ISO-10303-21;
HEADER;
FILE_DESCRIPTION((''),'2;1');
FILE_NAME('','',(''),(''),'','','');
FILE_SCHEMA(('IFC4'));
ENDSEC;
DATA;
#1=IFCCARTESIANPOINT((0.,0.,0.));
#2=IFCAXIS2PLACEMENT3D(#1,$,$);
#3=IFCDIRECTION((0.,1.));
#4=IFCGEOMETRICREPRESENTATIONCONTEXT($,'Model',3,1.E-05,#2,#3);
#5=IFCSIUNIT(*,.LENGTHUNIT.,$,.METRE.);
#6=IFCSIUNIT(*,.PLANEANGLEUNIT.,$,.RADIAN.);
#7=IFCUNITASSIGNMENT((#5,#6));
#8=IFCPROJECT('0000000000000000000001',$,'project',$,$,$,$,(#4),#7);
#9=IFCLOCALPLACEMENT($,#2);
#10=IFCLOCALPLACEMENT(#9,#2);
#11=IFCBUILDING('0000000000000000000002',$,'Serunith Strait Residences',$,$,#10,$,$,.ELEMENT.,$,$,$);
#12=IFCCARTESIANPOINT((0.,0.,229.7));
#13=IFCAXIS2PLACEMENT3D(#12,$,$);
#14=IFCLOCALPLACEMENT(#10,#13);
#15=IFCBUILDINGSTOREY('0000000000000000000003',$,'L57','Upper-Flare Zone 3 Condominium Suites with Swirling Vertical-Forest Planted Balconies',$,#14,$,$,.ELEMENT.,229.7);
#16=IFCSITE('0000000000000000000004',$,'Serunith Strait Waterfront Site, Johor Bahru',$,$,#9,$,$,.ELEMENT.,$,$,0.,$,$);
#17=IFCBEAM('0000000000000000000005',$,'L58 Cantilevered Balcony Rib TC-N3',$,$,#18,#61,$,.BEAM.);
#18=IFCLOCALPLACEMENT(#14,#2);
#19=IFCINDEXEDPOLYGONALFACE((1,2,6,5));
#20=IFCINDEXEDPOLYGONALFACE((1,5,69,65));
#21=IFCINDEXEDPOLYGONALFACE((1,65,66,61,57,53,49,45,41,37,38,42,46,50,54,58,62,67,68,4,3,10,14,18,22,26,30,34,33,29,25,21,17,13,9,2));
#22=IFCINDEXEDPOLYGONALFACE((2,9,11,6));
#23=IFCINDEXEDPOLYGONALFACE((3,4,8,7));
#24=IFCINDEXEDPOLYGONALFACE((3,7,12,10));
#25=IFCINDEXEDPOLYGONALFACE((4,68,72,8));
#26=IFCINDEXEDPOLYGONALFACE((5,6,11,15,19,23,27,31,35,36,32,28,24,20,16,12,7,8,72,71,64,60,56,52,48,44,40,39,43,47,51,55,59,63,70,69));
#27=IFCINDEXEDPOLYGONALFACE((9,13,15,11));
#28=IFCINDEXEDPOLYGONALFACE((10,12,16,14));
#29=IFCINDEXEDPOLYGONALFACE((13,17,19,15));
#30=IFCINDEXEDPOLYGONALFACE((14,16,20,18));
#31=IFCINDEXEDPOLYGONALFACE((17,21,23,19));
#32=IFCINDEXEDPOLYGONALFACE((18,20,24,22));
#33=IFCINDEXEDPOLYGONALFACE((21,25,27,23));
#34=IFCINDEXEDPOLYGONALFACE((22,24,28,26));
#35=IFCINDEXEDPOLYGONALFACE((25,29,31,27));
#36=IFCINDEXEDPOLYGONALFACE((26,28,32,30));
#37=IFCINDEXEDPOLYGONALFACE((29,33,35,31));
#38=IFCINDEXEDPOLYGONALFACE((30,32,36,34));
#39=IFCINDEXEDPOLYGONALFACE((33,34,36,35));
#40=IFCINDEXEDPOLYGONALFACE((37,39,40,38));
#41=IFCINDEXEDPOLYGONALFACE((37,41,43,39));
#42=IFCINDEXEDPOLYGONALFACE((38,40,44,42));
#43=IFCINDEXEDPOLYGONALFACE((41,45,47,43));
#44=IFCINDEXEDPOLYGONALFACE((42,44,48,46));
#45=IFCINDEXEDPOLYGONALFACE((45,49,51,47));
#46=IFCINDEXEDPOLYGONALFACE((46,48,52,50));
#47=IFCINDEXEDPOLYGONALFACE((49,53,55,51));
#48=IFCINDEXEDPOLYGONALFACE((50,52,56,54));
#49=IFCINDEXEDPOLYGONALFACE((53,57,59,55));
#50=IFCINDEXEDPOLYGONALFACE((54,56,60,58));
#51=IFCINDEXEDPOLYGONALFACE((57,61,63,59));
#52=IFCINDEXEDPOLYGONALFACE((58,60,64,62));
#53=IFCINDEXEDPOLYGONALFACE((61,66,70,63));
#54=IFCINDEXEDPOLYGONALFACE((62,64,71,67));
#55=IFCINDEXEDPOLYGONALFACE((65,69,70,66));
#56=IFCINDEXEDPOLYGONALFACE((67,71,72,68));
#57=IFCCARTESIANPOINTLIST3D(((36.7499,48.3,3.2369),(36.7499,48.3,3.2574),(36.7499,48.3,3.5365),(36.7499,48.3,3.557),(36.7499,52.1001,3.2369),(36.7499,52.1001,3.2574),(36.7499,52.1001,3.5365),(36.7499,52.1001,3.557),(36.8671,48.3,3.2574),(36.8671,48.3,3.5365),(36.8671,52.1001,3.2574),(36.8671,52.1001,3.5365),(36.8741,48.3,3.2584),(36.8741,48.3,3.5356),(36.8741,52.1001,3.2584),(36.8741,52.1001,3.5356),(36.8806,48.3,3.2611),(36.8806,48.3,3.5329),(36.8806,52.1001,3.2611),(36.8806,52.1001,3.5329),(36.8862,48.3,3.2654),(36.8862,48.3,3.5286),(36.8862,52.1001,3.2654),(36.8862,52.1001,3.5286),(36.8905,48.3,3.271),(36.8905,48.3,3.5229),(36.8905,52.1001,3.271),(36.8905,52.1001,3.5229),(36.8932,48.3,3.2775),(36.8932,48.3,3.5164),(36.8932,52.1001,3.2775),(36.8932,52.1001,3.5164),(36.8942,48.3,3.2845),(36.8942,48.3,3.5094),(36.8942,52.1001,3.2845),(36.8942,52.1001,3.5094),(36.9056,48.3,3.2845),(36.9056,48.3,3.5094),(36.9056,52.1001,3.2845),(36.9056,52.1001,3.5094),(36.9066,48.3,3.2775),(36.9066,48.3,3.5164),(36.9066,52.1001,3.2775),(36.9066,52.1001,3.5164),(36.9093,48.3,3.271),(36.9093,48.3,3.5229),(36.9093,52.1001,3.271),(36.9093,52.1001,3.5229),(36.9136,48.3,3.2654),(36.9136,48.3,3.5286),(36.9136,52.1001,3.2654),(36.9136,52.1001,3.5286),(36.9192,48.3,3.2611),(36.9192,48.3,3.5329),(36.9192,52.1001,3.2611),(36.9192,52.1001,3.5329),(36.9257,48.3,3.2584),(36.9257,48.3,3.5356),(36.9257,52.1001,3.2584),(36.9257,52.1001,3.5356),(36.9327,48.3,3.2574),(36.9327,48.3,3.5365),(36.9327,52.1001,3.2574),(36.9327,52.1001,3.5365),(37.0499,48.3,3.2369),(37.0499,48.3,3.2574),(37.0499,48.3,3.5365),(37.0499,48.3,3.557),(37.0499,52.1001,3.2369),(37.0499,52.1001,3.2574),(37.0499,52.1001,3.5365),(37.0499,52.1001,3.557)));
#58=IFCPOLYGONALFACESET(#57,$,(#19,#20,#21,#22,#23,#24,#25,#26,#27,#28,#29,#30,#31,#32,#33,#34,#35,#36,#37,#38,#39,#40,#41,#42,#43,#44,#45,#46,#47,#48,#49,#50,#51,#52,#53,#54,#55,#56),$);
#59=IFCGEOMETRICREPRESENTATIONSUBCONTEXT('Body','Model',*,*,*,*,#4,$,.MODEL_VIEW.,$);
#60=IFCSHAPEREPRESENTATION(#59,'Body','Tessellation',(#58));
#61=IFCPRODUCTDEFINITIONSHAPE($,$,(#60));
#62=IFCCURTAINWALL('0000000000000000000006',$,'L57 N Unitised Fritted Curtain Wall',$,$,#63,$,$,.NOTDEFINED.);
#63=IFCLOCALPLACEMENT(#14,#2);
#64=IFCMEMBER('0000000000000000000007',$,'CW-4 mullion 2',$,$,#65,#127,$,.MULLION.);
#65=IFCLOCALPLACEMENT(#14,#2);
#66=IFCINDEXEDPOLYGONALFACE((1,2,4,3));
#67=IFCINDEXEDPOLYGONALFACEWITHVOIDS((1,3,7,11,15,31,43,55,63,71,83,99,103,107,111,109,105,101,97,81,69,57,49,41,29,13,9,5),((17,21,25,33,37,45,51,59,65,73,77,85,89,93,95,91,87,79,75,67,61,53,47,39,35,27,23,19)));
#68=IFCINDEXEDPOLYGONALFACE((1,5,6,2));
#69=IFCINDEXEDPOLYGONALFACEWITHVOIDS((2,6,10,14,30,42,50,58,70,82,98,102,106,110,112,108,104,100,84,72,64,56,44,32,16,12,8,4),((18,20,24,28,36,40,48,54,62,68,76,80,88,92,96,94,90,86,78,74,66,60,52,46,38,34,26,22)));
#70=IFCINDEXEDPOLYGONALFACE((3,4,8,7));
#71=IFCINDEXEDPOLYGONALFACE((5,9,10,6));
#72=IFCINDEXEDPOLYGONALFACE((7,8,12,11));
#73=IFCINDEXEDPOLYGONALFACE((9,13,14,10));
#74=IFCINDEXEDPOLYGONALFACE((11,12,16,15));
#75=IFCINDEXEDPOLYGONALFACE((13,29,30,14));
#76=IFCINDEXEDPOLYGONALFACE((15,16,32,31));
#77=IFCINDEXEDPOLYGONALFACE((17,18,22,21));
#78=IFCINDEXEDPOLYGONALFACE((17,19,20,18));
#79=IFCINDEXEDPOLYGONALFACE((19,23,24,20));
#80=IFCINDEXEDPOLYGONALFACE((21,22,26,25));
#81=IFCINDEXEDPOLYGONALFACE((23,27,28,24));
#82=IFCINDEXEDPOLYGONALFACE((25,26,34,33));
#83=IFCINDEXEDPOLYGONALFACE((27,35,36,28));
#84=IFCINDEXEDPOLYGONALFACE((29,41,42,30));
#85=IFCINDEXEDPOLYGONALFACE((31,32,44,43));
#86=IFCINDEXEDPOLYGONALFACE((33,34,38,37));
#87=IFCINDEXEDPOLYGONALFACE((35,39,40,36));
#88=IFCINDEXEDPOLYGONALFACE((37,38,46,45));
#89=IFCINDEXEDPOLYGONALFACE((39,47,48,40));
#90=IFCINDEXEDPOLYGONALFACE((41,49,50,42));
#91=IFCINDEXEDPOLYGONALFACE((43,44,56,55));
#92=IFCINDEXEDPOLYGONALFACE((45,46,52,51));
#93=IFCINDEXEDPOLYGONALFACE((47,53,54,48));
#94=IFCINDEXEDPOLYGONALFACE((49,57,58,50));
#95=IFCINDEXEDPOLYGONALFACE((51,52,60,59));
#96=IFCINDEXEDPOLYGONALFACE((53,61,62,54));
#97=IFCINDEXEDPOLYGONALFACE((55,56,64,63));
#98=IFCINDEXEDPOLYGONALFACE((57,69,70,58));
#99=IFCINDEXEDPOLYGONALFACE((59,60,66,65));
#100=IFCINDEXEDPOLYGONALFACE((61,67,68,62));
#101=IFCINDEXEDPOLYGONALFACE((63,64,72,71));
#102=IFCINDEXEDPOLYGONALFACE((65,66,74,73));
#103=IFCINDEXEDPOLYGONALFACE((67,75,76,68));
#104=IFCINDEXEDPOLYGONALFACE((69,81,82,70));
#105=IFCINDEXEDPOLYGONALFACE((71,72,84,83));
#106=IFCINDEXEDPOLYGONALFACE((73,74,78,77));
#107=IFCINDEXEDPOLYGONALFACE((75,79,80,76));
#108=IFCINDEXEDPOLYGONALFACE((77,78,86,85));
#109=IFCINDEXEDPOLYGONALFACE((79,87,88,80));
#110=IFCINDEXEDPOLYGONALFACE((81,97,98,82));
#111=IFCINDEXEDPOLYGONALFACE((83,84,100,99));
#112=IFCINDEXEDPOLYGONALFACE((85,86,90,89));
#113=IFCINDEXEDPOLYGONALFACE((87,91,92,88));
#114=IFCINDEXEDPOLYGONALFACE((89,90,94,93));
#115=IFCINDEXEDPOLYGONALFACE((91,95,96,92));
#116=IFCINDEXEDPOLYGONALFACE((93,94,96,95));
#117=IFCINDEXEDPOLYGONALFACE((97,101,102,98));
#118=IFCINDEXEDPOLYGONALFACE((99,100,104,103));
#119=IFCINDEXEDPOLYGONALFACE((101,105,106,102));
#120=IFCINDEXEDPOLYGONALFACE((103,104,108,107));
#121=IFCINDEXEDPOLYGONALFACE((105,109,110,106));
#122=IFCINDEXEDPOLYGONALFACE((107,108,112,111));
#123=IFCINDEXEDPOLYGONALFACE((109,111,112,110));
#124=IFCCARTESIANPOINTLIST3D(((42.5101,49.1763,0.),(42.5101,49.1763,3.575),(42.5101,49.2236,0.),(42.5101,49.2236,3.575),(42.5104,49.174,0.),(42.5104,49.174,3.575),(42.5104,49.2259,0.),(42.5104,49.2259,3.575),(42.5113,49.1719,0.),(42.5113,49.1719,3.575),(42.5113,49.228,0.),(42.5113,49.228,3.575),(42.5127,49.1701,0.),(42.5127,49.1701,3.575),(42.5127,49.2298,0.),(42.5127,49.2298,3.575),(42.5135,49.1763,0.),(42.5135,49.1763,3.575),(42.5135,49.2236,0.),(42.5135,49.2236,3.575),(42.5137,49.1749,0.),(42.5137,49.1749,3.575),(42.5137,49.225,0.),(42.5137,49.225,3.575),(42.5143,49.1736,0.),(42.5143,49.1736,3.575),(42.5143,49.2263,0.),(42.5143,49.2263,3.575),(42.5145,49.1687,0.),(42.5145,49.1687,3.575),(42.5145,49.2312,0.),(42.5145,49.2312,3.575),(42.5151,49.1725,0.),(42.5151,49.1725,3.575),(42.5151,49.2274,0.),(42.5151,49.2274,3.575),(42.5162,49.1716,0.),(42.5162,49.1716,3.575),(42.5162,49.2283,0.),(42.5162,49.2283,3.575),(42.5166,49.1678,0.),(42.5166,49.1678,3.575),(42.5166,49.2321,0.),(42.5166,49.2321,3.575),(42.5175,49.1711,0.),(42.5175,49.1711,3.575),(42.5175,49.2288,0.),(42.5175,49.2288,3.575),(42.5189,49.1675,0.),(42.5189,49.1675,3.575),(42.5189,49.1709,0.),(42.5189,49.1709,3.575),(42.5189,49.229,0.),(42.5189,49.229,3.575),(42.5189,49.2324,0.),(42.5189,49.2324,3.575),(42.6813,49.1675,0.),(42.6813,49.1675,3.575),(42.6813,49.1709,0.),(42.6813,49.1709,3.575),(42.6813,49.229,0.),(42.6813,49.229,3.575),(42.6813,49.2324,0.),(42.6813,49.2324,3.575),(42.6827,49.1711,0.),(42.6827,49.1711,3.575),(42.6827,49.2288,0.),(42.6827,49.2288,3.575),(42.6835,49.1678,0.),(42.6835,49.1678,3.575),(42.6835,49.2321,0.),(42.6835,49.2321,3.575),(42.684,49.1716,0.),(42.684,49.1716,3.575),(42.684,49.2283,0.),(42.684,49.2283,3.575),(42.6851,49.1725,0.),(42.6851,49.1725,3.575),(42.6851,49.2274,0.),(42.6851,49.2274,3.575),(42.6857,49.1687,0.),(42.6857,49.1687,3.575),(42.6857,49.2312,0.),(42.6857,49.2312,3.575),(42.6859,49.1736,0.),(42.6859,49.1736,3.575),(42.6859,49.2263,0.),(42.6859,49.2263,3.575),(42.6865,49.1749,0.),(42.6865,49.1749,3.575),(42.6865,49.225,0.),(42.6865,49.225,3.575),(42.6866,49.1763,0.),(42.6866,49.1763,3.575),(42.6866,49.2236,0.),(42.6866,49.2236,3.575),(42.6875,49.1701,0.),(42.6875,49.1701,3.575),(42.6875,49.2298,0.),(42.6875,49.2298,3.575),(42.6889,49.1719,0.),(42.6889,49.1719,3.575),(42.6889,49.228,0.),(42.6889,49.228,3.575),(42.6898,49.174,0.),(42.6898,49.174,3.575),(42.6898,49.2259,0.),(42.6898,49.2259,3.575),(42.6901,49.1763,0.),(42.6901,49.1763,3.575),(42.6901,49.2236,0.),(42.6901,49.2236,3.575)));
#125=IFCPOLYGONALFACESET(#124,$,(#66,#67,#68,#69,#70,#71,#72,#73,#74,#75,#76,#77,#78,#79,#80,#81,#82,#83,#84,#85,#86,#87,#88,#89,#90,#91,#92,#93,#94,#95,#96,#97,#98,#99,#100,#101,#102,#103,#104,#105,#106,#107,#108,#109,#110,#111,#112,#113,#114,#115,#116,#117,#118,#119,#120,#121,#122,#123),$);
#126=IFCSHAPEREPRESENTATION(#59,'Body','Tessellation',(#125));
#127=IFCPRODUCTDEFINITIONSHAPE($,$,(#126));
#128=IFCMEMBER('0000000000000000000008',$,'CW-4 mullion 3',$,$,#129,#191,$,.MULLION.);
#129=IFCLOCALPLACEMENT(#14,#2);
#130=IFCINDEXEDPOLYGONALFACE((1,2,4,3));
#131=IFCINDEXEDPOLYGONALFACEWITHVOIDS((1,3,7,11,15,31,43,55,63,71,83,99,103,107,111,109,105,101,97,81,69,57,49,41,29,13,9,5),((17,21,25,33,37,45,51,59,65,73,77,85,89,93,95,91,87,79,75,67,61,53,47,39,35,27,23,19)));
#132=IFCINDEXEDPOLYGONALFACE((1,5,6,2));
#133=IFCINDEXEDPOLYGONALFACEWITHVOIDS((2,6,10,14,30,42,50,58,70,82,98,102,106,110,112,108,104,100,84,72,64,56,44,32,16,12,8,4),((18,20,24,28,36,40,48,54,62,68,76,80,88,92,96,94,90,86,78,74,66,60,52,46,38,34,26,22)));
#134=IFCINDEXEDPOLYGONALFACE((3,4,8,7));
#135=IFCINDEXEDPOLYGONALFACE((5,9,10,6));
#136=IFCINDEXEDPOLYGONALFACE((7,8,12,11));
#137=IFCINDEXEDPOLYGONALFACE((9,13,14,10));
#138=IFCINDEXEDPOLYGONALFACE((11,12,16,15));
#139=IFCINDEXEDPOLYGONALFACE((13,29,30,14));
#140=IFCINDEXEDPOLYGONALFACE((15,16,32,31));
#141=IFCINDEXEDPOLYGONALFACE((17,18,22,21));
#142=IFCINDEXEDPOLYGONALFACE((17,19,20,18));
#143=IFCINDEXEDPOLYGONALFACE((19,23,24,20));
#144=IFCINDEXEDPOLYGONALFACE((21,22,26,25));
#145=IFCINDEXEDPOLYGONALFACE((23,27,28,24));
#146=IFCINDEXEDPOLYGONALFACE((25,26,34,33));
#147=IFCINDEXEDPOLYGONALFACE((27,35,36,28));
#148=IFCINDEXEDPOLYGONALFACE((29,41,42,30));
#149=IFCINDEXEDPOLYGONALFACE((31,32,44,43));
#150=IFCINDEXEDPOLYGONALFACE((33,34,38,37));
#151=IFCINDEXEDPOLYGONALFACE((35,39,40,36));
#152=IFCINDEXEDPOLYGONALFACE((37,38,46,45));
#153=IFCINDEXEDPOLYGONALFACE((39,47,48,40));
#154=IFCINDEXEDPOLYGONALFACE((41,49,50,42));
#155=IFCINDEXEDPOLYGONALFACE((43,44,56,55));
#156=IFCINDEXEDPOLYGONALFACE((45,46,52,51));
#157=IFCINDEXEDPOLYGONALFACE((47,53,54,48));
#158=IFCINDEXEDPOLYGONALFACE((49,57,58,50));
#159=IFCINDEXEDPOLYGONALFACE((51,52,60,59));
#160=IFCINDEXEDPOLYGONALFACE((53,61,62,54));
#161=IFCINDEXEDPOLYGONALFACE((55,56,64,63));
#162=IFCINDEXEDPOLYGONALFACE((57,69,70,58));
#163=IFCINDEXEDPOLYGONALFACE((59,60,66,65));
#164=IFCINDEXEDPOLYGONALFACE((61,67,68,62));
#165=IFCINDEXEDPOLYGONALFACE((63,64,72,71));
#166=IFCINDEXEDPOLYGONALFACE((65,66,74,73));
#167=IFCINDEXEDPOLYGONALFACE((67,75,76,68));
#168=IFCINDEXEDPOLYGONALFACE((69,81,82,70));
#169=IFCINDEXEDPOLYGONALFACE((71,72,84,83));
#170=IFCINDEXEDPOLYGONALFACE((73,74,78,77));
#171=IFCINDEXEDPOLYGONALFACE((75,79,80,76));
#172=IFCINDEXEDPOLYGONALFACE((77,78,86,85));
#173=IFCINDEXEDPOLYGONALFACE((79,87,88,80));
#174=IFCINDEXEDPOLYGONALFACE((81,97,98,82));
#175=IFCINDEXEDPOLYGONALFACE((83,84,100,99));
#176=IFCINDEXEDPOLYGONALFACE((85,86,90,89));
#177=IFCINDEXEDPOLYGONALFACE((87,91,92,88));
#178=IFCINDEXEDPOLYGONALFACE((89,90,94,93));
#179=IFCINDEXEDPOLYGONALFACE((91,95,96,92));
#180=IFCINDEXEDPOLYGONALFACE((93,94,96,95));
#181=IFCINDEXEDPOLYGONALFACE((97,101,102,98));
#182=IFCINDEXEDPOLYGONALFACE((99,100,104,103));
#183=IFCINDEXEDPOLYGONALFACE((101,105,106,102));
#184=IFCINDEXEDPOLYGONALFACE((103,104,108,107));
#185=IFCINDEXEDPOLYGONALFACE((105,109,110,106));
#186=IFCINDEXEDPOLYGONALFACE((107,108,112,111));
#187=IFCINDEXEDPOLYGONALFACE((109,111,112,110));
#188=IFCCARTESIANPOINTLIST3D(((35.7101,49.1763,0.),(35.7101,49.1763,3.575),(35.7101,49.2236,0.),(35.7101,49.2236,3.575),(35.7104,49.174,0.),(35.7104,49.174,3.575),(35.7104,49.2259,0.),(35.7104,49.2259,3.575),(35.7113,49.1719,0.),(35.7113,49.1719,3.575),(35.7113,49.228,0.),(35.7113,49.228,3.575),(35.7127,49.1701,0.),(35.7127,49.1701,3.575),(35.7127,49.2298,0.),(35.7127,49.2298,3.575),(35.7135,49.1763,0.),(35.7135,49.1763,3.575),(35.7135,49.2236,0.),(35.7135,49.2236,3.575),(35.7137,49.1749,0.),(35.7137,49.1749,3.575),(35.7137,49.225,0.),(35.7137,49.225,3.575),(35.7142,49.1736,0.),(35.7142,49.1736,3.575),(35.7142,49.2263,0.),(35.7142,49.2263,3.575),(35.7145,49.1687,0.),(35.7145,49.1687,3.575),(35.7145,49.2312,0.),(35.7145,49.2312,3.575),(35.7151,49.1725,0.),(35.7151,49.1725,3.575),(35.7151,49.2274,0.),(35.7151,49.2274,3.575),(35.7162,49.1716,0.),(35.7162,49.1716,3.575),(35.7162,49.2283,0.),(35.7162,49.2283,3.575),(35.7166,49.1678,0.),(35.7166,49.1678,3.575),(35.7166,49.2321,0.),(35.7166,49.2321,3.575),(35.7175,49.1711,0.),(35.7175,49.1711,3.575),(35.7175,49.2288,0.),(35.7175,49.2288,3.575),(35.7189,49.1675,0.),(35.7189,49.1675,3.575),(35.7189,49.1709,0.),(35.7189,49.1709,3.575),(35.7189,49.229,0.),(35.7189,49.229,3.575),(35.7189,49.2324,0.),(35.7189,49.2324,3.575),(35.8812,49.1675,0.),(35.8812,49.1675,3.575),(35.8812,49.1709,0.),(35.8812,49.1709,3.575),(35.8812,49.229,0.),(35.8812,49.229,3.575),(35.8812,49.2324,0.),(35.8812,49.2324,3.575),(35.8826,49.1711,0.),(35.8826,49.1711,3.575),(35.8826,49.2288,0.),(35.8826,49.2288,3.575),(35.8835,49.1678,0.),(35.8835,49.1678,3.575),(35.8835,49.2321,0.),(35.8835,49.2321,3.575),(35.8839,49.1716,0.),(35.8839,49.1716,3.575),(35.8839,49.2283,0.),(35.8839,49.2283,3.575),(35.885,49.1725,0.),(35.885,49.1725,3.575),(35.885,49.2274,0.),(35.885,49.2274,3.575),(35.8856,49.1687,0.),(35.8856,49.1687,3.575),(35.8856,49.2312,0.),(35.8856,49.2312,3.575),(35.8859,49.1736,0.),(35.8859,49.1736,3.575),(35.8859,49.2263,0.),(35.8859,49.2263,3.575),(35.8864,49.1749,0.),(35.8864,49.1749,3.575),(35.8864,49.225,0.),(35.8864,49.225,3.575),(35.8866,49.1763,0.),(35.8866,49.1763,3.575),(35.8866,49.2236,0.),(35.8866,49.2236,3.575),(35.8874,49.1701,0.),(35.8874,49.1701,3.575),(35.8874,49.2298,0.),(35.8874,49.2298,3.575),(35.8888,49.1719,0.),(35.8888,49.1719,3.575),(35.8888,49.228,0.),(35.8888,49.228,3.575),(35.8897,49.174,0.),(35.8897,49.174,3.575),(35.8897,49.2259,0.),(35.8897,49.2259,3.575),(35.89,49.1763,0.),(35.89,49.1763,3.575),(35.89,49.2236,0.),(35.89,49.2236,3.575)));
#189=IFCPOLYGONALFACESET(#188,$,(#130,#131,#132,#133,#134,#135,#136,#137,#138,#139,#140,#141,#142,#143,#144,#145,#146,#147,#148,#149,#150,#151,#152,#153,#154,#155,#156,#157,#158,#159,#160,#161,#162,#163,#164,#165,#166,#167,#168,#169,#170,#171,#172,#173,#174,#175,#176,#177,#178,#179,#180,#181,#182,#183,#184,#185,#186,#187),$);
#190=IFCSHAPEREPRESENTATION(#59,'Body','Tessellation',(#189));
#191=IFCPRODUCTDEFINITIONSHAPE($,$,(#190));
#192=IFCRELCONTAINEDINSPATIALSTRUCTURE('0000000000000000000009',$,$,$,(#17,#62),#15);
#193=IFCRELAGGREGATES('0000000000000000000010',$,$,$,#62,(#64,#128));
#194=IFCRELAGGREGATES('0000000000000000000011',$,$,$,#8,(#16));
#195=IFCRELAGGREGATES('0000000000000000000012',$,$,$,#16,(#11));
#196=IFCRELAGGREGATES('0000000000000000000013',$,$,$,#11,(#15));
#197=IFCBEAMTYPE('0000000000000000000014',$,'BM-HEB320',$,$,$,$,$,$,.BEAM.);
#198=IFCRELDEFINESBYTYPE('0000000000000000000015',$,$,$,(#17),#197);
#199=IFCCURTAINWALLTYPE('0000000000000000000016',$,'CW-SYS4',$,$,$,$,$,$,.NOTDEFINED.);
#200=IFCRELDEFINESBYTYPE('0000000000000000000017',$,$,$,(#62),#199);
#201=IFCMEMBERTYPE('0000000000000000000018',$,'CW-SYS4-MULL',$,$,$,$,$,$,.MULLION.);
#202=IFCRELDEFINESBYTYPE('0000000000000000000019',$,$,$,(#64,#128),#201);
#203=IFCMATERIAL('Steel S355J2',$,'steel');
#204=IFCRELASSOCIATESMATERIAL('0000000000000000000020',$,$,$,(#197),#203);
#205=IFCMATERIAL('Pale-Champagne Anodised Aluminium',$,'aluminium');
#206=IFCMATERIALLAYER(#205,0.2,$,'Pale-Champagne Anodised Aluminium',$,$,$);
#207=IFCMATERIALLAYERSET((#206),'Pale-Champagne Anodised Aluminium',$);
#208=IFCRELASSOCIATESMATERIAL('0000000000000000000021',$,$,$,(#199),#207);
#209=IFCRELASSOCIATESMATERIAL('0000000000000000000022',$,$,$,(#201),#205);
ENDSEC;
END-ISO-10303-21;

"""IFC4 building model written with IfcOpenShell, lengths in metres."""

from ifc_helpers import new_model, si_unit, direction, frame, origin, origin_2d, place, context, subcontext, project, spatial, hollow_rectangle, i_section, extrude, source, transform, mapped, material, layer, layer_set, material_profile, profile_set, type_object, element, aggregate, save


model = new_model("IFC4")

# Units and contexts
model_context = context("Model", 3, precision=1e-05, world=origin(), true_north=direction((0.0, 1.0)))
body_context = subcontext(model_context, "Body", "Model", "MODEL_VIEW")
ifc_project = project(units=[si_unit("LENGTHUNIT", "METRE"), si_unit("PLANEANGLEUNIT", "RADIAN")], contexts=[model_context])

# Site, building, storey
site_placement = place(None, origin())
site = spatial("IfcSite", under=ifc_project, at=site_placement, Name="Serunith Strait Waterfront Site, Johor Bahru", CompositionType="ELEMENT", RefElevation=0.0)
building_placement = place(site_placement, origin())
building = spatial("IfcBuilding", under=site, at=building_placement, Name="Serunith Strait Residences", CompositionType="ELEMENT")
storey_placement = place(building_placement, frame((0.0, 0.0, 229.7)))
storey = spatial("IfcBuildingStorey", under=building, at=storey_placement, Name="L57", Description="Upper-Flare Zone 3 Condominium Suites with Swirling Vertical-Forest Planted Balconies", CompositionType="ELEMENT", Elevation=229.7)

# Beam
ifc_material_1 = material(Name="Steel S355J2", Category="steel")
ifc_material_profile_1 = material_profile(ifc_material_1, i_section(OverallWidth=0.3, OverallDepth=0.3201, WebThickness=0.0115, FlangeThickness=0.0205, FilletRadius=0.0271, at=origin_2d()), Name="HEB 320")
ifc_profile_set_1 = profile_set([ifc_material_profile_1], Name="Steel S355J2")
beam_type_1 = type_object("IfcBeamType", Name="BM-HEB320", PredefinedType="BEAM", material=ifc_profile_set_1)
shared_shape_1 = source(origin(), body_context, "Body", "SweptSolid", [
    extrude(i_section(OverallWidth=0.3, OverallDepth=0.3201, WebThickness=0.0115, FlangeThickness=0.0205, FilletRadius=0.0271, at=origin_2d()), origin(), (0.0, 0.0, 1.0), 3.8),
])
beam_1_placement = place(storey_placement, frame((36.8999, 48.3, 3.397), z_axis=(0.0, 1.0, 0.0), x_axis=(-1.0, 0.0, 0.0)))
element("IfcBeam", 1, at=beam_1_placement, inside=storey, type_object=beam_type_1, Name="L58 Cantilevered Balcony Rib TC-N3", PredefinedType="BEAM", context=body_context, shape_type="MappedRepresentation", body=[
    mapped(shared_shape_1, transform((0.0, 0.0, 0.0), scale=1.0)),
])

# Curtain wall, members
ifc_material_2 = material(Name="Pale-Champagne Anodised Aluminium", Category="aluminium")
ifc_layer_1 = layer(ifc_material_2, 0.2, Name="Pale-Champagne Anodised Aluminium")
ifc_layer_set_1 = layer_set([ifc_layer_1], Name="Pale-Champagne Anodised Aluminium")
curtain_wall_type = type_object("IfcCurtainWallType", Name="CW-SYS4", PredefinedType="NOTDEFINED", material=ifc_layer_set_1)
curtain_wall_placement = place(storey_placement, origin())
curtain_wall = element("IfcCurtainWall", 2, at=curtain_wall_placement, inside=storey, type_object=curtain_wall_type, Name="L57 N Unitised Fritted Curtain Wall", PredefinedType="NOTDEFINED")
ifc_material_profile_2 = material_profile(ifc_material_2, hollow_rectangle(XDim=0.0649, YDim=0.1799, WallThickness=0.0034, InnerFilletRadius=0.0054, OuterFilletRadius=0.0088, at=origin_2d()), Name="ALU 180x65x3.5")
ifc_profile_set_2 = profile_set([ifc_material_profile_2], Name="Pale-Champagne Anodised Aluminium")
member_type_1 = type_object("IfcMemberType", Name="CW-SYS4-MULL", PredefinedType="MULLION", material=ifc_profile_set_2)
shared_shape_2 = source(origin(), body_context, "Body", "SweptSolid", [
    extrude(hollow_rectangle(XDim=0.0649, YDim=0.1799, WallThickness=0.0034, InnerFilletRadius=0.0054, OuterFilletRadius=0.0088, at=origin_2d()), origin(), (0.0, 0.0, 1.0), 3.575),
])
member_1_placement = place(storey_placement, frame((42.6001, 49.2, 0.0), z_axis=(0.0, 0.0, 1.0), x_axis=(0.0, -1.0, 0.0)))
member_1 = element("IfcMember", 3, at=member_1_placement, type_object=member_type_1, Name="CW-4 mullion 2", PredefinedType="MULLION", context=body_context, shape_type="MappedRepresentation", body=[
    mapped(shared_shape_2, transform((0.0, 0.0, 0.0), scale=1.0)),
])
member_2_placement = place(storey_placement, frame((35.8, 49.2, 0.0), z_axis=(0.0, 0.0, 1.0), x_axis=(0.0, -1.0, 0.0)))
member_2 = element("IfcMember", 4, at=member_2_placement, type_object=member_type_1, Name="CW-4 mullion 3", PredefinedType="MULLION", context=body_context, shape_type="MappedRepresentation", body=[
    mapped(shared_shape_2, transform((0.0, 0.0, 0.0), scale=1.0)),
])
aggregate(curtain_wall, [member_1, member_2])

save(model, "model.ifc")
